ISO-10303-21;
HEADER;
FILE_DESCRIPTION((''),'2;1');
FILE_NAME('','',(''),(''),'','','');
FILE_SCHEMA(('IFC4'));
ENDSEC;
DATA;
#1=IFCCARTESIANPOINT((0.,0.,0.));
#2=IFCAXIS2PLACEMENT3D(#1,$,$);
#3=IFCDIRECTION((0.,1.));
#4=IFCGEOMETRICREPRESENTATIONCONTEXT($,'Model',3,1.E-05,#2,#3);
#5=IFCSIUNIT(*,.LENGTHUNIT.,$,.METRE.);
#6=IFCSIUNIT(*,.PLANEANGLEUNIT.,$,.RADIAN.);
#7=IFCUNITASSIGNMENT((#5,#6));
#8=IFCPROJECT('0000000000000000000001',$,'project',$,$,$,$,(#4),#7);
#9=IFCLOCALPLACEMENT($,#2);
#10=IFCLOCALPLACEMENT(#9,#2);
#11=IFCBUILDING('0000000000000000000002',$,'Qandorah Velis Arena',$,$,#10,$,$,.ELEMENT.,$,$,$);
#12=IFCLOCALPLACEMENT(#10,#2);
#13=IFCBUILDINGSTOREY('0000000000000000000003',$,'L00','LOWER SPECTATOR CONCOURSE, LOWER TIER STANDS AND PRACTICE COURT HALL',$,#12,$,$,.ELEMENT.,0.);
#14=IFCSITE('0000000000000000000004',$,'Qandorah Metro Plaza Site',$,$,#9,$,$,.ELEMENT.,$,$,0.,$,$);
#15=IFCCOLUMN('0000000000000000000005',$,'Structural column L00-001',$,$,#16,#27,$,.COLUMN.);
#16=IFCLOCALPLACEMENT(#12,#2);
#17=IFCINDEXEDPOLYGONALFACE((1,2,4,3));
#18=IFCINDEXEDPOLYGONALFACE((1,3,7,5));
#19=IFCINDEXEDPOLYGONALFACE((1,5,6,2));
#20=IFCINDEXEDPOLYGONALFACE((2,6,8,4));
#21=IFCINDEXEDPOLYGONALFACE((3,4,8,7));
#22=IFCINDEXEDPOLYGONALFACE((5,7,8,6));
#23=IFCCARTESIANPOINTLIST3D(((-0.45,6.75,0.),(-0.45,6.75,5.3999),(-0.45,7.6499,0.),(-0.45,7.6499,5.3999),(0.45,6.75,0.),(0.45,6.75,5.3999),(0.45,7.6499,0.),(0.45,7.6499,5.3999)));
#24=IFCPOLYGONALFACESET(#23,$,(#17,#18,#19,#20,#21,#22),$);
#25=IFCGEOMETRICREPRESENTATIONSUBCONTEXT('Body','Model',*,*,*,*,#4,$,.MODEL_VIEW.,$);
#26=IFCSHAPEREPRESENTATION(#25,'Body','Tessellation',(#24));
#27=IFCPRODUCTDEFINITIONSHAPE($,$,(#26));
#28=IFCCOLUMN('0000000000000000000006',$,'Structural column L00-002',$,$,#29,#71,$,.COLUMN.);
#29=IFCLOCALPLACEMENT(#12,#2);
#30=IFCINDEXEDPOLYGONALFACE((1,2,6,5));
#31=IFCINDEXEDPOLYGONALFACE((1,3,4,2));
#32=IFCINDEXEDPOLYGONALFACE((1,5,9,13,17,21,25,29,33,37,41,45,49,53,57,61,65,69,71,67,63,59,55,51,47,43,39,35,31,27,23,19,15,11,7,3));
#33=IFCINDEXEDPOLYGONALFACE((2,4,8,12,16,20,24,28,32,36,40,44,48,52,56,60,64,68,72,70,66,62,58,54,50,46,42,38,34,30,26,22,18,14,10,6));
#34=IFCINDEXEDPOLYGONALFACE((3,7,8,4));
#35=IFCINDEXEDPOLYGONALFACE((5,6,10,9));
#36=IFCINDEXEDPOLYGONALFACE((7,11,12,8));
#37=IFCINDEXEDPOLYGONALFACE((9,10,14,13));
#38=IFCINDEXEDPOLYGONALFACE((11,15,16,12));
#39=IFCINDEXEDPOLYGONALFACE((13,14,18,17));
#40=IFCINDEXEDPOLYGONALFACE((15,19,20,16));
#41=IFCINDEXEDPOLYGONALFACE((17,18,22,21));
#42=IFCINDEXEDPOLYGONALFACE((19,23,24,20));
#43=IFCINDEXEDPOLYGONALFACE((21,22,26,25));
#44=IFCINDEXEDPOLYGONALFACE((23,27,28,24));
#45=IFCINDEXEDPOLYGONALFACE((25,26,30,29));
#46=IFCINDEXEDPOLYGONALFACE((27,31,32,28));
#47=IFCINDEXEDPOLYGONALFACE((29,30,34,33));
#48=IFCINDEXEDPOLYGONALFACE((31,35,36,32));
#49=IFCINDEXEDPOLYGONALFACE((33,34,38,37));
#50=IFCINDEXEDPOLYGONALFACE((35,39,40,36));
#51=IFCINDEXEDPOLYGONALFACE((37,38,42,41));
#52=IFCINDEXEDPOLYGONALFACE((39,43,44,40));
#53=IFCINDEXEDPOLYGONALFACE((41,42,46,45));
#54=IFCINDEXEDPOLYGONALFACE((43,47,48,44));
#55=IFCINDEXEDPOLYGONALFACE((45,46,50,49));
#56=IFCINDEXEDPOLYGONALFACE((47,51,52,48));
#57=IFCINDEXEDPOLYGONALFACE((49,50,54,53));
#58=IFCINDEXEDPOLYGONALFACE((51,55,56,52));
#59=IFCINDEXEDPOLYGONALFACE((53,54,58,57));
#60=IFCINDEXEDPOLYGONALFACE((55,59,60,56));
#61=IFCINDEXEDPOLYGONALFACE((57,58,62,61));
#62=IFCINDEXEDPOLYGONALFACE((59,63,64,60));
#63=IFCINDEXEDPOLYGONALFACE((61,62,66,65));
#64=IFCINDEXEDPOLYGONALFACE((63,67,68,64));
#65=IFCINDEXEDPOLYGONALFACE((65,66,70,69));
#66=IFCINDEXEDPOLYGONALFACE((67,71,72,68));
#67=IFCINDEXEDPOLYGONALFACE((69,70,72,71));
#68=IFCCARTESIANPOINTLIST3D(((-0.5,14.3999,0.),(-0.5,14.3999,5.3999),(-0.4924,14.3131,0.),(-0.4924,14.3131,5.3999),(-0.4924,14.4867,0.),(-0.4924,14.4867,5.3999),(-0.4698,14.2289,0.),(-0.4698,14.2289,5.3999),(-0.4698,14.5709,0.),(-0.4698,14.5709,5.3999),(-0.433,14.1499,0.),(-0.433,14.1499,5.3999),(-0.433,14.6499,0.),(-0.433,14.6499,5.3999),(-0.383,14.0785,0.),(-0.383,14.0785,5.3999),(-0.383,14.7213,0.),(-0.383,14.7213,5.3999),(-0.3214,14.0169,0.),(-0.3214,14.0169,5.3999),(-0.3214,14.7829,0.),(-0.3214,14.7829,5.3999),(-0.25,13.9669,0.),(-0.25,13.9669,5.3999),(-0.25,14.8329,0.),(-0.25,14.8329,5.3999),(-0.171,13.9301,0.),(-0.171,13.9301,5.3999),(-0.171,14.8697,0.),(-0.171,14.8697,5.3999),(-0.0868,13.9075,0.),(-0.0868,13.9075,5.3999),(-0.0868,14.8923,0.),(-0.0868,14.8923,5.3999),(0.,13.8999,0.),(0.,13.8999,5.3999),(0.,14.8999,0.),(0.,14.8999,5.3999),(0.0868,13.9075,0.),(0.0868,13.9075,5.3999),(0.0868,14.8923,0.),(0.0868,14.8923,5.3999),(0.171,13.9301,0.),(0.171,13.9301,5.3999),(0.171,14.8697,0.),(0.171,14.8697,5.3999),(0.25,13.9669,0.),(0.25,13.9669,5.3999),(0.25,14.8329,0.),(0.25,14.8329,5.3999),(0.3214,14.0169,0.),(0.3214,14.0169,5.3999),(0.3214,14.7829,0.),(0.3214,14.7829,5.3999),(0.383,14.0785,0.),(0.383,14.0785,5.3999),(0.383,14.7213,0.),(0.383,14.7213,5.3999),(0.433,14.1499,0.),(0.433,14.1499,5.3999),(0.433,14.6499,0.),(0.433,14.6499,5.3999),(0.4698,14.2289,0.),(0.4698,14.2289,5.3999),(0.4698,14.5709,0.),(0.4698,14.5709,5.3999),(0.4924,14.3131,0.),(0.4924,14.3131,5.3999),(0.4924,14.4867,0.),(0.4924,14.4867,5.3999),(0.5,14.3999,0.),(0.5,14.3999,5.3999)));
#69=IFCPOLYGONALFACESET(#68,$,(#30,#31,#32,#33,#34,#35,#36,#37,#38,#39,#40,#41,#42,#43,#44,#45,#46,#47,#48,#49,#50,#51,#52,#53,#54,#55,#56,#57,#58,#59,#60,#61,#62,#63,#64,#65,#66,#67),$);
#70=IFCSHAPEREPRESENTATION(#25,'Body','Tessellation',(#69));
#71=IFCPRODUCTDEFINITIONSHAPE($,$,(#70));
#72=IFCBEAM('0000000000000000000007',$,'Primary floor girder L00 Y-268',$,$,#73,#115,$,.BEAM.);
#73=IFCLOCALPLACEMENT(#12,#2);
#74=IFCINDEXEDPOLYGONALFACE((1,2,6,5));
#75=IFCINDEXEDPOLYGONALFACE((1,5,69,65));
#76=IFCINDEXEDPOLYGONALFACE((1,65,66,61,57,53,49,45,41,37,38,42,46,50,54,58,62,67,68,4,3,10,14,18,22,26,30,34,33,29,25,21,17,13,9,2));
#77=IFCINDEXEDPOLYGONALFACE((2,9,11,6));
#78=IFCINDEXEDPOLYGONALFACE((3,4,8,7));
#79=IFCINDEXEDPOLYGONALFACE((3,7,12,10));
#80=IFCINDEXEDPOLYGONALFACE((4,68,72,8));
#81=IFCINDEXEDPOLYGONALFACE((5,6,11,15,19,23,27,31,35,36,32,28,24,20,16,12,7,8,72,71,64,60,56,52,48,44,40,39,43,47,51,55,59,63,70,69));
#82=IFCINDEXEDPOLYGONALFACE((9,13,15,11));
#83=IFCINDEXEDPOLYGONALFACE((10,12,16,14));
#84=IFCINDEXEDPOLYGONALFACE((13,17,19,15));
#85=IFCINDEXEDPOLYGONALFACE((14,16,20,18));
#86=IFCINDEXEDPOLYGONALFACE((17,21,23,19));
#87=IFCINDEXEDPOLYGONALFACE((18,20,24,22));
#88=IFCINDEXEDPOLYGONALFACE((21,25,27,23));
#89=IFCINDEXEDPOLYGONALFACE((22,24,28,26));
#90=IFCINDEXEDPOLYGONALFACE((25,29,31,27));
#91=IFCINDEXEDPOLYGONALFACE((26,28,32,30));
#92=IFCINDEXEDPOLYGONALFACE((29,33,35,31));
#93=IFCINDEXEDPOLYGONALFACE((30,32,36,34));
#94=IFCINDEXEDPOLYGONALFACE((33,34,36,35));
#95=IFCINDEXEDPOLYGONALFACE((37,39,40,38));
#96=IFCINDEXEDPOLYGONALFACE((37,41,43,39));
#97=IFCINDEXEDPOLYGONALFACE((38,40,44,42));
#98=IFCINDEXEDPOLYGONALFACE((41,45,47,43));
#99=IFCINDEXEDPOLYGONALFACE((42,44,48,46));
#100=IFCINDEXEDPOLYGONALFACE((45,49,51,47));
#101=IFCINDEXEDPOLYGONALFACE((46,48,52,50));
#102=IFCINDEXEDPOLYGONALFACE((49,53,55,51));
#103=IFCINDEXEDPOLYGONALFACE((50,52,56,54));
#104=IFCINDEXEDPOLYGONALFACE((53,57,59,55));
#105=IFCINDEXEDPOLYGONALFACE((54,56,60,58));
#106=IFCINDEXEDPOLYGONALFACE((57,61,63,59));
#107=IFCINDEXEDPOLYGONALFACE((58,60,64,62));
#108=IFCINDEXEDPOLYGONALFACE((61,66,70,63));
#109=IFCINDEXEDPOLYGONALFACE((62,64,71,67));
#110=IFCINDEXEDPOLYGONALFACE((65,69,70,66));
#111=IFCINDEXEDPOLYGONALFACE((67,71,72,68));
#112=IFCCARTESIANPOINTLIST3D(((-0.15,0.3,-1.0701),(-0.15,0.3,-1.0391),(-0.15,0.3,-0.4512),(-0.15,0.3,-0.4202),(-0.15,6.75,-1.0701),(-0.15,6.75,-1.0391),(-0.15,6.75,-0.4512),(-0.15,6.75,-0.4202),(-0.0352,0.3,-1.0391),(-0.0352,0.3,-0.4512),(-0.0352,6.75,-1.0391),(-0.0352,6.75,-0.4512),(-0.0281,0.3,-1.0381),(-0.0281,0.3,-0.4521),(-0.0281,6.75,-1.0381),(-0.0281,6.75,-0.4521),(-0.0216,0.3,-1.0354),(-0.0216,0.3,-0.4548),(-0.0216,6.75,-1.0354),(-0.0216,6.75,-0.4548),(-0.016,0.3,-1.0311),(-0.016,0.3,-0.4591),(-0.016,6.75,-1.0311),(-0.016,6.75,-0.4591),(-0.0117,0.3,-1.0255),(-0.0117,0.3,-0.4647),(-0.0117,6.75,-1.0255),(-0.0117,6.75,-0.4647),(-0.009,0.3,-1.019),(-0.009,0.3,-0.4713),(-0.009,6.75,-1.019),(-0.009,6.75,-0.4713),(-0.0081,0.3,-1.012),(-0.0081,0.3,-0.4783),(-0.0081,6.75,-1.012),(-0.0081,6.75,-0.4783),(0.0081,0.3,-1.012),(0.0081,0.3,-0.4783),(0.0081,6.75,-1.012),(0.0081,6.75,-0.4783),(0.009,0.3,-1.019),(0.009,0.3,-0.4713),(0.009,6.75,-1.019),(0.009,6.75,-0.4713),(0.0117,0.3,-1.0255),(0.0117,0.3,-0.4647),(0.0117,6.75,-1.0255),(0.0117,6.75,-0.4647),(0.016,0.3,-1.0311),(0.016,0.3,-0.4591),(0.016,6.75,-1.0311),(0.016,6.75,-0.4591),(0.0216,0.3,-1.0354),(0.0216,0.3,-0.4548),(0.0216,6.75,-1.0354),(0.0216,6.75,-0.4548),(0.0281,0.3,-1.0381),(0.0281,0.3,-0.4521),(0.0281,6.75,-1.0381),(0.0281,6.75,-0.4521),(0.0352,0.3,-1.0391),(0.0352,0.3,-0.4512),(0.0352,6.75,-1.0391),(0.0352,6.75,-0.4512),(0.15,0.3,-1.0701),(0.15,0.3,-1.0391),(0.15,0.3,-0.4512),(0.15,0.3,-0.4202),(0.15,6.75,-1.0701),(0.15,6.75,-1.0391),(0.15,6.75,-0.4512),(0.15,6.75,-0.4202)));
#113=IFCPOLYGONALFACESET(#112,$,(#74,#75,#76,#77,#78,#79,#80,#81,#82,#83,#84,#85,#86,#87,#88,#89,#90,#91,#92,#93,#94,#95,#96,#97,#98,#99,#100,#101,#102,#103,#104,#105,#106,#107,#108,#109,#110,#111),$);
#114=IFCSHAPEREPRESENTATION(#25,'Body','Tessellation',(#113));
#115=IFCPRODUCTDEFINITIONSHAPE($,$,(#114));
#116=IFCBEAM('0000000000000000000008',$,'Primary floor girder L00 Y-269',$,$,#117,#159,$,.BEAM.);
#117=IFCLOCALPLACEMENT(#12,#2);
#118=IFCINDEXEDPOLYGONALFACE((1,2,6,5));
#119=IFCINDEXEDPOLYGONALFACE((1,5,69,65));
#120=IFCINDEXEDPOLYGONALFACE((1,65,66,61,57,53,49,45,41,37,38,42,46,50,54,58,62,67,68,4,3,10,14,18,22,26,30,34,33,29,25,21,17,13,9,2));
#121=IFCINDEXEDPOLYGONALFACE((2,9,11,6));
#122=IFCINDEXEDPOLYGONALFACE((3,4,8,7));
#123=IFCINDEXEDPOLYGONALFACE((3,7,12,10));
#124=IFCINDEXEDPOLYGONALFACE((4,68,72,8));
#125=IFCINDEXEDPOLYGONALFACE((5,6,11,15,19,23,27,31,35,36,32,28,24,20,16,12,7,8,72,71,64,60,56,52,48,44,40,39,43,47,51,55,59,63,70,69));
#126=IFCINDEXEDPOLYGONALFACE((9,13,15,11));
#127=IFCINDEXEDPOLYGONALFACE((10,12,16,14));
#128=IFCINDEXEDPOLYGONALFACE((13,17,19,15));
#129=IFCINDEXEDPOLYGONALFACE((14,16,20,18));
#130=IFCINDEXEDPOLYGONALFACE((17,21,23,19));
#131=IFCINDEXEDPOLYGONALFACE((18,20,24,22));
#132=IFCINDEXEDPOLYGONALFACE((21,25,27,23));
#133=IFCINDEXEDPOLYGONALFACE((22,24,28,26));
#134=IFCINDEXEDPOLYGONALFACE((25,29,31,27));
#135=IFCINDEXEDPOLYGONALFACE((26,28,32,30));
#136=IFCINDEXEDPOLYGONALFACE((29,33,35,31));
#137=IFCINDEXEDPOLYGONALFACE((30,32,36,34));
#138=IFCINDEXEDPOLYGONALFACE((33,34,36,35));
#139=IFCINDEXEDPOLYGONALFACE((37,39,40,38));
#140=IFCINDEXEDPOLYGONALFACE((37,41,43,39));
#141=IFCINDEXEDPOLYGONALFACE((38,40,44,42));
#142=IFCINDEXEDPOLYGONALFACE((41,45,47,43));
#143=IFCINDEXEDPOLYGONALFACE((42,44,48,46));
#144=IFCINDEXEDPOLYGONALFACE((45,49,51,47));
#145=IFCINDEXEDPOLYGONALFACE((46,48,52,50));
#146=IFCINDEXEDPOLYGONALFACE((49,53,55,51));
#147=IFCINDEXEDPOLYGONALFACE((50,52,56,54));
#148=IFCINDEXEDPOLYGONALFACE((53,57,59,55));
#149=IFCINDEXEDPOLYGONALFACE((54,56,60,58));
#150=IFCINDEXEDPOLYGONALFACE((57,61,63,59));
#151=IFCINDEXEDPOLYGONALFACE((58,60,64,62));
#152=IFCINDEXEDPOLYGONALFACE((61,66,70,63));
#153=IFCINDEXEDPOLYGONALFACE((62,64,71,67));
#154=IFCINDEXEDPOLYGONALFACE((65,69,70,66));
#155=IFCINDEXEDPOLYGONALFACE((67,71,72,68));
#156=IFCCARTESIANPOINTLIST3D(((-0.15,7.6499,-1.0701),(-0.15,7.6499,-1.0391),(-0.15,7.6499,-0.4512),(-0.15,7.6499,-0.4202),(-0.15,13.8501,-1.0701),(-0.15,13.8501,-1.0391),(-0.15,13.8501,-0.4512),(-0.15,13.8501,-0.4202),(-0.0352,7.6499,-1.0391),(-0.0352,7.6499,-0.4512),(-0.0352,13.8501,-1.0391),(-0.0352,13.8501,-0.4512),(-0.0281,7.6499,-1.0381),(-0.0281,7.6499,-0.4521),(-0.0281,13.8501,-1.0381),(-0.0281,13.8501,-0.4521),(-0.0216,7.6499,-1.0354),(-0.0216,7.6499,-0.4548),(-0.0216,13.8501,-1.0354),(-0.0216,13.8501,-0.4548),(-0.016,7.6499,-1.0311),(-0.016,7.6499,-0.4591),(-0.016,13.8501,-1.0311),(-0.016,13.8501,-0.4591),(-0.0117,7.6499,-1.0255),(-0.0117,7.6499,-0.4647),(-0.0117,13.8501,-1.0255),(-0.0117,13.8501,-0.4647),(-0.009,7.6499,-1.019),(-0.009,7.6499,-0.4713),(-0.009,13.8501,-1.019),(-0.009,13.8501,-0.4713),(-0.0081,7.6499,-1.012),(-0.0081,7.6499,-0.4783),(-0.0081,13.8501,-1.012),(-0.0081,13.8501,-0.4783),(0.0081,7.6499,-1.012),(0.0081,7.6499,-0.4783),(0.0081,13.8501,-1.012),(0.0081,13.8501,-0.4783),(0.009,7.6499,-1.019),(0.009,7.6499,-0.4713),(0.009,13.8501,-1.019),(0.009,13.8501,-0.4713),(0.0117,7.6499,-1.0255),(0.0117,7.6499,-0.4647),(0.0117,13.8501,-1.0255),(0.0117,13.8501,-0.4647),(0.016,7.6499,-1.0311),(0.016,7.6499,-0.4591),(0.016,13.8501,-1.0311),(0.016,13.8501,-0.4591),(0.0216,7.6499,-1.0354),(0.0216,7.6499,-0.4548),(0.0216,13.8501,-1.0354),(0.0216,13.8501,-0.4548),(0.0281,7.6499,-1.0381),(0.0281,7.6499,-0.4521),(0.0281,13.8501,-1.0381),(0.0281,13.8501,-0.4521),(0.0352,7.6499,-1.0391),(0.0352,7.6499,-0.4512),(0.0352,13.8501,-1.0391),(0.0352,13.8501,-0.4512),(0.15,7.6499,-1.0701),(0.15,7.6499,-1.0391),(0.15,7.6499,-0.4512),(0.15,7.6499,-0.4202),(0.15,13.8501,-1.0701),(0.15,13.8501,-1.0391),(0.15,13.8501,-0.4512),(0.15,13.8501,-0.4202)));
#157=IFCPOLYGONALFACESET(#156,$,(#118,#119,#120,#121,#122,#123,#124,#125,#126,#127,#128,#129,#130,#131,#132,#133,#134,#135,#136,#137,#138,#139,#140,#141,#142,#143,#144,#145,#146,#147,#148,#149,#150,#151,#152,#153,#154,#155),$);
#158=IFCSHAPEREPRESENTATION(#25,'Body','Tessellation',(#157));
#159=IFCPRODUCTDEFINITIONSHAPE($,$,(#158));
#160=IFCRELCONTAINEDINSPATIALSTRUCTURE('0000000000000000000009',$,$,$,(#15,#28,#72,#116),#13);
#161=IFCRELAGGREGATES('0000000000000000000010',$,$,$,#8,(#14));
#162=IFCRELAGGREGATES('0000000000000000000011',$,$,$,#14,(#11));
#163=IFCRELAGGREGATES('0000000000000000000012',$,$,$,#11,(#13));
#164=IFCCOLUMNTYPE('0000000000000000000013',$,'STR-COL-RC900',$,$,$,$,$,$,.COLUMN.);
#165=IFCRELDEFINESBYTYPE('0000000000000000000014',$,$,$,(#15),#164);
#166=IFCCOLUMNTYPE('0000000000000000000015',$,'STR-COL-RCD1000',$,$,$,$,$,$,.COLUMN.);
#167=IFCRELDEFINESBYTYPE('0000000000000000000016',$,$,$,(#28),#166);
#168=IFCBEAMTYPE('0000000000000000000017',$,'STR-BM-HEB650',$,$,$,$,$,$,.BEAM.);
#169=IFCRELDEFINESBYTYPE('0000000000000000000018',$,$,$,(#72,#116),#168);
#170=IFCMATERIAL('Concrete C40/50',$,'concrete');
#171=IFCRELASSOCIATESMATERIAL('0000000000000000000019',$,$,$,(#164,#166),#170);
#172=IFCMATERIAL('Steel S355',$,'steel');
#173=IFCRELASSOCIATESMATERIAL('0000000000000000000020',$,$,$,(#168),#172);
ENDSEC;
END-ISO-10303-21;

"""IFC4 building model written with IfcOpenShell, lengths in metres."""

from ifc_helpers import new_model, si_unit, direction, frame, origin, origin_2d, place, context, subcontext, project, spatial, rectangle, circle, i_section, extrude, material, material_profile, profile_set, type_object, element, save


model = new_model("IFC4")

# Units and contexts
model_context = context("Model", 3, precision=1e-05, world=origin(), true_north=direction((0.0, 1.0)))
body_context = subcontext(model_context, "Body", "Model", "MODEL_VIEW")
ifc_project = project(units=[si_unit("LENGTHUNIT", "METRE"), si_unit("PLANEANGLEUNIT", "RADIAN")], contexts=[model_context])

# Site, building, storey
site_placement = place(None, origin())
site = spatial("IfcSite", under=ifc_project, at=site_placement, Name="Qandorah Metro Plaza Site", CompositionType="ELEMENT", RefElevation=0.0)
building_placement = place(site_placement, origin())
building = spatial("IfcBuilding", under=site, at=building_placement, Name="Qandorah Velis Arena", CompositionType="ELEMENT")
storey_placement = place(building_placement, origin())
storey = spatial("IfcBuildingStorey", under=building, at=storey_placement, Name="L00", Description="LOWER SPECTATOR CONCOURSE, LOWER TIER STANDS AND PRACTICE COURT HALL", CompositionType="ELEMENT", Elevation=0.0)

# Columns
ifc_material_1 = material(Name="Concrete C40/50", Category="concrete")
ifc_material_profile_1 = material_profile(ifc_material_1, rectangle(XDim=0.8999, YDim=0.8999, at=origin_2d()), Name="RC COL 900x900")
ifc_profile_set_1 = profile_set([ifc_material_profile_1], Name="Concrete C40/50")
column_type_1 = type_object("IfcColumnType", Name="STR-COL-RC900", PredefinedType="COLUMN", material=ifc_profile_set_1)
column_1_placement = place(storey_placement, frame((0.0, 7.2, 0.0), z_axis=(0.0, 0.0, 1.0), x_axis=(1.0, 0.0, 0.0)))
element("IfcColumn", 1, at=column_1_placement, inside=storey, type_object=column_type_1, Name="Structural column L00-001", PredefinedType="COLUMN", context=body_context, shape_type="SweptSolid", body=[
    extrude(rectangle(XDim=0.8999, YDim=0.8999, at=origin_2d()), origin(), (0.0, 0.0, 1.0), 5.3999),
])
ifc_material_profile_2 = material_profile(ifc_material_1, circle(Radius=0.5, at=origin_2d()), Name="RC D1000")
ifc_profile_set_2 = profile_set([ifc_material_profile_2], Name="Concrete C40/50")
column_type_2 = type_object("IfcColumnType", Name="STR-COL-RCD1000", PredefinedType="COLUMN", material=ifc_profile_set_2)
column_2_placement = place(storey_placement, frame((0.0, 14.3999, 0.0), z_axis=(0.0, 0.0, 1.0), x_axis=(1.0, 0.0, 0.0)))
element("IfcColumn", 2, at=column_2_placement, inside=storey, type_object=column_type_2, Name="Structural column L00-002", PredefinedType="COLUMN", context=body_context, shape_type="SweptSolid", body=[
    extrude(circle(Radius=0.5, at=origin_2d()), origin(), (0.0, 0.0, 1.0), 5.3999),
])

# Beams
ifc_material_2 = material(Name="Steel S355", Category="steel")
ifc_material_profile_3 = material_profile(ifc_material_2, i_section(OverallWidth=0.3, OverallDepth=0.6499, WebThickness=0.0161, FlangeThickness=0.031, FilletRadius=0.0271, at=origin_2d()), Name="HEB 650")
ifc_profile_set_3 = profile_set([ifc_material_profile_3], Name="Steel S355")
beam_type = type_object("IfcBeamType", Name="STR-BM-HEB650", PredefinedType="BEAM", material=ifc_profile_set_3)
beam_1_placement = place(storey_placement, frame((0.0, 0.3, -0.7451), z_axis=(0.0, 1.0, 0.0), x_axis=(-1.0, 0.0, 0.0)))
element("IfcBeam", 3, at=beam_1_placement, inside=storey, type_object=beam_type, Name="Primary floor girder L00 Y-268", PredefinedType="BEAM", context=body_context, shape_type="SweptSolid", body=[
    extrude(i_section(OverallWidth=0.3, OverallDepth=0.6499, WebThickness=0.0161, FlangeThickness=0.031, FilletRadius=0.0271, at=origin_2d()), origin(), (0.0, 0.0, 1.0), 6.45),
])
beam_2_placement = place(storey_placement, frame((0.0, 7.6499, -0.7451), z_axis=(0.0, 1.0, 0.0), x_axis=(-1.0, 0.0, 0.0)))
element("IfcBeam", 4, at=beam_2_placement, inside=storey, type_object=beam_type, Name="Primary floor girder L00 Y-269", PredefinedType="BEAM", context=body_context, shape_type="SweptSolid", body=[
    extrude(i_section(OverallWidth=0.3, OverallDepth=0.6499, WebThickness=0.0161, FlangeThickness=0.031, FilletRadius=0.0271, at=origin_2d()), origin(), (0.0, 0.0, 1.0), 6.2002),
])

save(model, "model.ifc")
